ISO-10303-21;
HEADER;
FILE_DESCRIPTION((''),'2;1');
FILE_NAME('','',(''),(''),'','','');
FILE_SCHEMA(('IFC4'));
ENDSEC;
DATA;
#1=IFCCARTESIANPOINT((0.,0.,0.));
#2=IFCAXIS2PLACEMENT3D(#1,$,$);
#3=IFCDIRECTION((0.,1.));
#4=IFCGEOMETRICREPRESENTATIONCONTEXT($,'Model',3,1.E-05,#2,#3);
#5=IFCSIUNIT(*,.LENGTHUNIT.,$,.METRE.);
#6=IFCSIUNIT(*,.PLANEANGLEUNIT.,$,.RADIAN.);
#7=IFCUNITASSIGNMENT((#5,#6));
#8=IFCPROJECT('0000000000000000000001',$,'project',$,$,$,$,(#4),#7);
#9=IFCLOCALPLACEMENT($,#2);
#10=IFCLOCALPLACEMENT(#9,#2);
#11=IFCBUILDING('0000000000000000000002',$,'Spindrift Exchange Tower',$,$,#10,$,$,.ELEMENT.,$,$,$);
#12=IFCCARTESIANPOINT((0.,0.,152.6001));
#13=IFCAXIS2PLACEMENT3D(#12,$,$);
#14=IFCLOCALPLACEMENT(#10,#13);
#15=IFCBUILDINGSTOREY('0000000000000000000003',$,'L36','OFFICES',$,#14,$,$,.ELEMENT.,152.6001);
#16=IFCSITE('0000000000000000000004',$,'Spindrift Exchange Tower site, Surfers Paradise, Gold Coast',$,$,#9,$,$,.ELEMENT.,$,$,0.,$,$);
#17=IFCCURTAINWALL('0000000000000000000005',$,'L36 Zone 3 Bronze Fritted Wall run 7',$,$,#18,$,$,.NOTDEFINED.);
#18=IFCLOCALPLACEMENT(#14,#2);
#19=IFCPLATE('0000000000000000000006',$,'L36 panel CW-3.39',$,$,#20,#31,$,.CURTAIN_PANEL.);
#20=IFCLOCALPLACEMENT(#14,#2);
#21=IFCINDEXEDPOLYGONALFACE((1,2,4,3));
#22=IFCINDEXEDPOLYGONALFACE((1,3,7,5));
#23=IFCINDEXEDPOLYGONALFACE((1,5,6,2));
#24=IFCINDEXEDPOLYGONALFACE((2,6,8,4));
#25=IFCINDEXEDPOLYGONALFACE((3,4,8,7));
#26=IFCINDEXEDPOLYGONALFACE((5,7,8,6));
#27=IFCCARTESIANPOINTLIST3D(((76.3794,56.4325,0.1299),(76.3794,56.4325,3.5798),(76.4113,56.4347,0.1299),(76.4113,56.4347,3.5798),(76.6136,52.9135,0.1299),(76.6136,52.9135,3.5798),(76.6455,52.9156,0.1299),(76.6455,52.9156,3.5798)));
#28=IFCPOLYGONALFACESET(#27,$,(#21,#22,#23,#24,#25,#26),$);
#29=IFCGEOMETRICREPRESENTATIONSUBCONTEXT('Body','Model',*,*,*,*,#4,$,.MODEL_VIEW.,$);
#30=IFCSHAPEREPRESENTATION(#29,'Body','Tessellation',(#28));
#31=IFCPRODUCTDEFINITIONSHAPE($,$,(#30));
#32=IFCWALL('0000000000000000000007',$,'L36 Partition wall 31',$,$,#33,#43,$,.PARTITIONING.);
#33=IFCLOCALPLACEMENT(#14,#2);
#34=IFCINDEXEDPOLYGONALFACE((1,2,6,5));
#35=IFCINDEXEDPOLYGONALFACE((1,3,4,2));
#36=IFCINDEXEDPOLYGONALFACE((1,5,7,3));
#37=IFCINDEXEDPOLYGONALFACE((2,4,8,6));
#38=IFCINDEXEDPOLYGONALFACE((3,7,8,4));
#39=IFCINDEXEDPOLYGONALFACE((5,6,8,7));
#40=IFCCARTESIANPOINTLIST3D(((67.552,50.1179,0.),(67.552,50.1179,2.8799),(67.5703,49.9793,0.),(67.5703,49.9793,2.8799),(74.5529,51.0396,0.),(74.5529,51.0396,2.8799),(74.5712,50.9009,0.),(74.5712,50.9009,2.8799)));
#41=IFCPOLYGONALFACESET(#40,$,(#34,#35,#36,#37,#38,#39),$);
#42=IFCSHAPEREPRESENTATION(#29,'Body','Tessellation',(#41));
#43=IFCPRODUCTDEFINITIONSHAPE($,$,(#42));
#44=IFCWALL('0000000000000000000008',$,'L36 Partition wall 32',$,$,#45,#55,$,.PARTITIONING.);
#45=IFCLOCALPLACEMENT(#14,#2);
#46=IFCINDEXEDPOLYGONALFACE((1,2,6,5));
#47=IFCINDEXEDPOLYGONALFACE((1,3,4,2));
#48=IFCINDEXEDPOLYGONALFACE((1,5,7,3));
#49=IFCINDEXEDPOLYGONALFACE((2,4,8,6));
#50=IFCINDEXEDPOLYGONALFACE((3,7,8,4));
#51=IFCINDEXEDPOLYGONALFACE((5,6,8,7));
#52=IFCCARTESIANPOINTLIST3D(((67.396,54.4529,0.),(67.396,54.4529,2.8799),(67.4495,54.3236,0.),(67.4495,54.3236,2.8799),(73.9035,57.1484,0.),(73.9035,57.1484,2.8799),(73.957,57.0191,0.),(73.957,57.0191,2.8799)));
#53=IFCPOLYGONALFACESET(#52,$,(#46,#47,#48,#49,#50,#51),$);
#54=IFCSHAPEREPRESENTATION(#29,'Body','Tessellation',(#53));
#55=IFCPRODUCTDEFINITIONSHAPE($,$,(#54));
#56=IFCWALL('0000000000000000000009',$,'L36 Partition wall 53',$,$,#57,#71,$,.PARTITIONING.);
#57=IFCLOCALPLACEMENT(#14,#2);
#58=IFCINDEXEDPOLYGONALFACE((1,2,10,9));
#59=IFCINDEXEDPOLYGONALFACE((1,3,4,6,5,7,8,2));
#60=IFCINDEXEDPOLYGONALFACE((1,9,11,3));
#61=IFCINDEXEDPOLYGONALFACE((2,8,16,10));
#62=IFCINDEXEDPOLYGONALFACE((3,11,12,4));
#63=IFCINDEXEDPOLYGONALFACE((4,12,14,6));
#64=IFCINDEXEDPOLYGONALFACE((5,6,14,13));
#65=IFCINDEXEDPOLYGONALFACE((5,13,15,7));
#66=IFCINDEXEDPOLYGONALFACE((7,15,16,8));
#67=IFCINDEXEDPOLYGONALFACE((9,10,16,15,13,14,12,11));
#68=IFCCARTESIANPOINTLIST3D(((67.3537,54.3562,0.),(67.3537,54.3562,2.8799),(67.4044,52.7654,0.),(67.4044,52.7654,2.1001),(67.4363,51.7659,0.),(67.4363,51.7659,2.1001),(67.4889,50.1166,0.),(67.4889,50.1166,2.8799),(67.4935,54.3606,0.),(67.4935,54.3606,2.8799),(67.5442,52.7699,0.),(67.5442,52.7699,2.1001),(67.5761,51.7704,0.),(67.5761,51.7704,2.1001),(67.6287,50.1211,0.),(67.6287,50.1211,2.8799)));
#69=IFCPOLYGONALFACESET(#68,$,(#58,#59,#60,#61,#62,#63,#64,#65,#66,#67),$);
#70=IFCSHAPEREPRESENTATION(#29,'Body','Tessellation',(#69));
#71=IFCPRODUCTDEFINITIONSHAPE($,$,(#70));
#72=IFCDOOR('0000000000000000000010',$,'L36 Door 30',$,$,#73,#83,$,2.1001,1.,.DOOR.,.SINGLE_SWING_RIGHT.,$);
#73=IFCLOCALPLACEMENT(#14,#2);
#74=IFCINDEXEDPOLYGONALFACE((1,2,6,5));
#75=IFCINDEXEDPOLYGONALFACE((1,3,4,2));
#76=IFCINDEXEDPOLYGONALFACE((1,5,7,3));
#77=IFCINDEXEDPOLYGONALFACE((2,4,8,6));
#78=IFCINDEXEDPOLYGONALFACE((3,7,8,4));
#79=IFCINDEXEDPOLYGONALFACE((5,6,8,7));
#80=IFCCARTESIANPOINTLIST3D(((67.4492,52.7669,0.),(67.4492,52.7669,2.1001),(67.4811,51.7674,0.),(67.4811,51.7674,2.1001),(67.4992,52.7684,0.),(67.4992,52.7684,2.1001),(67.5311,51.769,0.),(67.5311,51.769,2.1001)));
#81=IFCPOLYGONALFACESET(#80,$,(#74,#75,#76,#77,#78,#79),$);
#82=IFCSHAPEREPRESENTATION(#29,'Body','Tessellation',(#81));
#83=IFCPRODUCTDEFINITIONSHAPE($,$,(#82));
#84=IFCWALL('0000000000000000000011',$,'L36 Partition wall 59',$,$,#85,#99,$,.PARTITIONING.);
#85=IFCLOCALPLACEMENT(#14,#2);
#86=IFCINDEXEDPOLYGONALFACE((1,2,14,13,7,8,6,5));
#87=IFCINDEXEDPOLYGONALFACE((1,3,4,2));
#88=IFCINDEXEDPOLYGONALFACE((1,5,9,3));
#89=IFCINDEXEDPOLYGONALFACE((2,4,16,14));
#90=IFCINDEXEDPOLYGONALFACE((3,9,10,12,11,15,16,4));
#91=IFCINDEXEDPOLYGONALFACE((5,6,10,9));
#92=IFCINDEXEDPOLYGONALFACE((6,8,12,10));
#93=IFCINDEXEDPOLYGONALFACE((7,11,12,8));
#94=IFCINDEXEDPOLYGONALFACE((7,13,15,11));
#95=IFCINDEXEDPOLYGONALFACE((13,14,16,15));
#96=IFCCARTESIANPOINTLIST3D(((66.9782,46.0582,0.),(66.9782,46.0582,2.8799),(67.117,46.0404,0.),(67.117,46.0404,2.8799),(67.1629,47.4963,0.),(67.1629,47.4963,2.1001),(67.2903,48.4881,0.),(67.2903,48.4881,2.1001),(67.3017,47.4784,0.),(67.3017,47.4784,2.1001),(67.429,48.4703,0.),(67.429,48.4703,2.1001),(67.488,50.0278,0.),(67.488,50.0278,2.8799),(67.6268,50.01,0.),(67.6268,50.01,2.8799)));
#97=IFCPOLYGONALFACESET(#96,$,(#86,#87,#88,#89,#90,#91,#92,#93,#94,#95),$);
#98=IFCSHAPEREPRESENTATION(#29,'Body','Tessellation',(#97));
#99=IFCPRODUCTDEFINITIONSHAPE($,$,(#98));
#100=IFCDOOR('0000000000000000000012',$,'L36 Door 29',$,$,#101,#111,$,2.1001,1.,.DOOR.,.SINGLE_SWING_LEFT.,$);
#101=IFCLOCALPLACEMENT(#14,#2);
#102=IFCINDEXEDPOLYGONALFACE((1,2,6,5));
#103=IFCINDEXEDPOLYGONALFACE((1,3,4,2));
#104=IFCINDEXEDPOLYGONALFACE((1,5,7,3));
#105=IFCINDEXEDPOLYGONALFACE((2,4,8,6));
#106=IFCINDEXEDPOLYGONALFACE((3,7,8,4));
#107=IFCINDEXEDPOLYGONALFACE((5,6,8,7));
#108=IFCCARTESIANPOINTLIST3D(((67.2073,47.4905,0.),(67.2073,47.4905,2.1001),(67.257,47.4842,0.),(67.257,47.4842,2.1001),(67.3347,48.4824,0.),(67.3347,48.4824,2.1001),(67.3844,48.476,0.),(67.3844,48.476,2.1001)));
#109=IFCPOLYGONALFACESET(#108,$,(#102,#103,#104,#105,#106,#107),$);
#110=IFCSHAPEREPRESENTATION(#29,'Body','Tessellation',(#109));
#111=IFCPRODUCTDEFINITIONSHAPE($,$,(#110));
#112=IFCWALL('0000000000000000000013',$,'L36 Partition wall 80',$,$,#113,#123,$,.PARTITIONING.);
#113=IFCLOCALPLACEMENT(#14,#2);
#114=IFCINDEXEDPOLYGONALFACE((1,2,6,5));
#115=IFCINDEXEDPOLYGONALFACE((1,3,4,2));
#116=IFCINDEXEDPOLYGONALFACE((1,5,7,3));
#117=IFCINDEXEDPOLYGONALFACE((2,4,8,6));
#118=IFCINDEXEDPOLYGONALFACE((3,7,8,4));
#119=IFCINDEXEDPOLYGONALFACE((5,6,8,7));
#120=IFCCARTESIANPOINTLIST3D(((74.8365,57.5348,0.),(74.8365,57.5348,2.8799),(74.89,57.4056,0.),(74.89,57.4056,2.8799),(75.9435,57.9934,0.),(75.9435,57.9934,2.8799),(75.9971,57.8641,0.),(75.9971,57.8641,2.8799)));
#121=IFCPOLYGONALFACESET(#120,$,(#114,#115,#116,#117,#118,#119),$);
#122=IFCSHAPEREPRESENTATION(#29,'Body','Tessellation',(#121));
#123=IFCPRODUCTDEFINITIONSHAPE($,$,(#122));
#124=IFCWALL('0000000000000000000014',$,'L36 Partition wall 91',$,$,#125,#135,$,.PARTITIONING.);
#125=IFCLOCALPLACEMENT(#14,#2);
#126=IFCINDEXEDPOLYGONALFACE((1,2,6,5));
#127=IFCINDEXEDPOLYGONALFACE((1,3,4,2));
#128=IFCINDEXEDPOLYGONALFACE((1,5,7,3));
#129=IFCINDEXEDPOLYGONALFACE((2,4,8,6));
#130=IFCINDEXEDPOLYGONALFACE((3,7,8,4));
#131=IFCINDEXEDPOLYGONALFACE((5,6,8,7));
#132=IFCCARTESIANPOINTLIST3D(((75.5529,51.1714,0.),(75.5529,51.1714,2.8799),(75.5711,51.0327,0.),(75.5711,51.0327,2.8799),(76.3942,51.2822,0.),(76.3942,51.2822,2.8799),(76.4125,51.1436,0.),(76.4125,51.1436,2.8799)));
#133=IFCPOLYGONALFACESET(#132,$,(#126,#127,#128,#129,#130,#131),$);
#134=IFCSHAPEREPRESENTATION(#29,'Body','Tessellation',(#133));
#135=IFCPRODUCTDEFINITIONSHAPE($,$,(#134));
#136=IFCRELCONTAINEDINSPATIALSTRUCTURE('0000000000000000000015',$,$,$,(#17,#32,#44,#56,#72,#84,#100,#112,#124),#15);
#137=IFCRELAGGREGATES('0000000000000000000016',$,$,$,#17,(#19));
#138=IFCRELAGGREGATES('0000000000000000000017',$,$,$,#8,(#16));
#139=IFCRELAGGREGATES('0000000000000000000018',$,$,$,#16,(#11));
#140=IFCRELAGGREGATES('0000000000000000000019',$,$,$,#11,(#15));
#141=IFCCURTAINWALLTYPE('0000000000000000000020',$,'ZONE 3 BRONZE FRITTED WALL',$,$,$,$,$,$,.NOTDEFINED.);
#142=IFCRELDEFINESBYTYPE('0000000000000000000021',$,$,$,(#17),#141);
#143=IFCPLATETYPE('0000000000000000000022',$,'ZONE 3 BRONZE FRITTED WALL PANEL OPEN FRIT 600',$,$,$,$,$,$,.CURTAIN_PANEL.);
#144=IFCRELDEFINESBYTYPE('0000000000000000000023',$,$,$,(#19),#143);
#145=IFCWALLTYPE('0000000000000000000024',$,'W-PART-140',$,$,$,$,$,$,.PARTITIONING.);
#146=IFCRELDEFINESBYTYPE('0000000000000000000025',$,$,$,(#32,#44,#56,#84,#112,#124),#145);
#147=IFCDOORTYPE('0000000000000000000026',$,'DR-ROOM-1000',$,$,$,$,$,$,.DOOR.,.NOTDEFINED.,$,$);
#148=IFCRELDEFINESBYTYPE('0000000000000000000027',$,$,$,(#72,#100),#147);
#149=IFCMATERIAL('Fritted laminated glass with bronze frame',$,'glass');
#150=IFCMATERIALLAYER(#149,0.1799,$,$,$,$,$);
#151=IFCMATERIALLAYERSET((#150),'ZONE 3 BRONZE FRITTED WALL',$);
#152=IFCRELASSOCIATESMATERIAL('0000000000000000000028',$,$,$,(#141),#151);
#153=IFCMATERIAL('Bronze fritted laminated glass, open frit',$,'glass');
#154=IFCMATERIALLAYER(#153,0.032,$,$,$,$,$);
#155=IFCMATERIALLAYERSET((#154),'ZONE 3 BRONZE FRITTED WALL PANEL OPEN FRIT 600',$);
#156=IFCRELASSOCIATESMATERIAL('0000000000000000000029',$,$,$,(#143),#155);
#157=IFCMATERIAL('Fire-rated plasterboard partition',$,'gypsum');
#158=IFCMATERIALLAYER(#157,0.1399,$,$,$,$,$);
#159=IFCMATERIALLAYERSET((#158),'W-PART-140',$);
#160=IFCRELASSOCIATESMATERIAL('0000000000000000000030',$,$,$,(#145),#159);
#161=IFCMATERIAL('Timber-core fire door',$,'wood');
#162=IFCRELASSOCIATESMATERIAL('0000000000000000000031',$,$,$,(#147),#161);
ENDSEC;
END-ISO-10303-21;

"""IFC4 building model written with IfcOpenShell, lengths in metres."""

from ifc_helpers import new_model, si_unit, direction, frame, frame_2d, origin, origin_2d, place, context, subcontext, project, spatial, rectangle, extrude, source, transform, mapped, material, layer, layer_set, type_object, element, fill, aggregate, save


model = new_model("IFC4")

# Units and contexts
model_context = context("Model", 3, precision=1e-05, world=origin(), true_north=direction((0.0, 1.0)))
body_context = subcontext(model_context, "Body", "Model", "MODEL_VIEW")
ifc_project = project(units=[si_unit("LENGTHUNIT", "METRE"), si_unit("PLANEANGLEUNIT", "RADIAN")], contexts=[model_context])

# Site, building, storey
site_placement = place(None, origin())
site = spatial("IfcSite", under=ifc_project, at=site_placement, Name="Spindrift Exchange Tower site, Surfers Paradise, Gold Coast", CompositionType="ELEMENT", RefElevation=0.0)
building_placement = place(site_placement, origin())
building = spatial("IfcBuilding", under=site, at=building_placement, Name="Spindrift Exchange Tower", CompositionType="ELEMENT")
storey_placement = place(building_placement, frame((0.0, 0.0, 152.6001)))
storey = spatial("IfcBuildingStorey", under=building, at=storey_placement, Name="L36", Description="OFFICES", CompositionType="ELEMENT", Elevation=152.6001)

# Curtain wall, plate
ifc_material_1 = material(Name="Fritted laminated glass with bronze frame", Category="glass")
ifc_layer_1 = layer(ifc_material_1, 0.1799)
ifc_layer_set_1 = layer_set([ifc_layer_1], Name="ZONE 3 BRONZE FRITTED WALL")
curtain_wall_type = type_object("IfcCurtainWallType", Name="ZONE 3 BRONZE FRITTED WALL", PredefinedType="NOTDEFINED", material=ifc_layer_set_1)
curtain_wall_placement = place(storey_placement, origin())
curtain_wall = element("IfcCurtainWall", 1, at=curtain_wall_placement, inside=storey, type_object=curtain_wall_type, Name="L36 Zone 3 Bronze Fritted Wall run 7", PredefinedType="NOTDEFINED")
ifc_material_2 = material(Name="Bronze fritted laminated glass, open frit", Category="glass")
ifc_layer_2 = layer(ifc_material_2, 0.032)
ifc_layer_set_2 = layer_set([ifc_layer_2], Name="ZONE 3 BRONZE FRITTED WALL PANEL OPEN FRIT 600")
plate_type_1 = type_object("IfcPlateType", Name="ZONE 3 BRONZE FRITTED WALL PANEL OPEN FRIT 600", PredefinedType="CURTAIN_PANEL", material=ifc_layer_set_2)
shared_shape_1 = source(origin(), body_context, "Body", "SweptSolid", [
    extrude(rectangle(XDim=3.5269, YDim=0.032, at=origin_2d()), origin(), (0.0, 0.0, 1.0), 3.45),
])
plate_1_placement = place(storey_placement, frame((76.5125, 54.6741, 0.1299), z_axis=(0.0, 0.0, 1.0), x_axis=(-0.066391, 0.997794, 0.0)))
plate_1 = element("IfcPlate", 2, at=plate_1_placement, type_object=plate_type_1, Name="L36 panel CW-3.39", PredefinedType="CURTAIN_PANEL", context=body_context, shape_type="MappedRepresentation", body=[
    mapped(shared_shape_1, transform((0.0, 0.0, 0.0), scale=1.0)),
])
aggregate(curtain_wall, [plate_1])

# Walls
ifc_material_3 = material(Name="Fire-rated plasterboard partition", Category="gypsum")
ifc_layer_3 = layer(ifc_material_3, 0.1399)
ifc_layer_set_3 = layer_set([ifc_layer_3], Name="W-PART-140")
wall_type = type_object("IfcWallType", Name="W-PART-140", PredefinedType="PARTITIONING", material=ifc_layer_set_3)
wall_1_placement = place(storey_placement, frame((67.561, 50.0486, 0.0), z_axis=(0.0, 0.0, 1.0), x_axis=(0.991446, 0.130517, 0.0)))
element("IfcWall", 3, at=wall_1_placement, inside=storey, type_object=wall_type, Name="L36 Partition wall 31", PredefinedType="PARTITIONING", context=body_context, shape_type="SweptSolid", body=[
    extrude(rectangle(XDim=7.0613, YDim=0.1399, at=frame_2d((3.5308, 0.0))), origin(), (0.0, 0.0, 1.0), 2.8799),
])
wall_2_placement = place(storey_placement, frame((67.4226, 54.3882, 0.0), z_axis=(0.0, 0.0, 1.0), x_axis=(0.923878, 0.382688, 0.0)))
element("IfcWall", 4, at=wall_2_placement, inside=storey, type_object=wall_type, Name="L36 Partition wall 32", PredefinedType="PARTITIONING", context=body_context, shape_type="SweptSolid", body=[
    extrude(rectangle(XDim=7.0437, YDim=0.1399, at=frame_2d((3.522, 0.0))), origin(), (0.0, 0.0, 1.0), 2.8799),
])

# Walls, openings, doors
wall_3_placement = place(storey_placement, frame((67.4236, 54.3584, 0.0), z_axis=(0.0, 0.0, 1.0), x_axis=(0.031887, -0.999491, 0.0)))
wall_3 = element("IfcWall", 5, at=wall_3_placement, inside=storey, type_object=wall_type, Name="L36 Partition wall 53", PredefinedType="PARTITIONING", context=body_context, shape_type="SweptSolid", body=[
    extrude(rectangle(XDim=4.2417, YDim=0.1399, at=frame_2d((2.1208, 0.0))), origin(), (0.0, 0.0, 1.0), 2.8799),
])
opening_1_placement = place(wall_3_placement, frame((1.5916, 0.0, 0.0)))
opening_1 = element("IfcOpeningElement", 6, at=opening_1_placement, cuts=wall_3, PredefinedType="OPENING", context=body_context, shape_type="SweptSolid", body=[
    extrude(rectangle(XDim=1.0, YDim=2.1001, at=frame_2d((0.5, 1.05))), frame((0.0, 0.0798, 0.0), z_axis=(0.0, -1.0, 0.0), x_axis=(1.0, 0.0, 0.0)), (0.0, 0.0, 1.0), 0.1599),
])
ifc_material_4 = material(Name="Timber-core fire door", Category="wood")
door_type = type_object("IfcDoorType", Name="DR-ROOM-1000", OperationType="NOTDEFINED", PredefinedType="DOOR", material=ifc_material_4)
shared_shape_2 = source(origin(), body_context, "Body", "SweptSolid", [
    extrude(rectangle(XDim=1.0, YDim=2.1001, at=frame_2d((0.5, 1.05))), frame((0.0, 0.0249, 0.0), z_axis=(0.0, -1.0, 0.0), x_axis=(1.0, 0.0, 0.0)), (0.0, 0.0, 1.0), 0.05),
])
door_1_placement = place(opening_1_placement, origin())
door_1 = element("IfcDoor", 7, at=door_1_placement, inside=storey, type_object=door_type, Name="L36 Door 30", OperationType="SINGLE_SWING_RIGHT", OverallHeight=2.1001, OverallWidth=1.0, PredefinedType="DOOR", context=body_context, shape_type="MappedRepresentation", body=[
    mapped(shared_shape_2, transform((0.0, 0.0, 0.0), scale=1.0)),
])
fill(opening_1, door_1)
wall_4_placement = place(storey_placement, frame((67.5574, 50.0188, 0.0), z_axis=(0.0, 0.0, 1.0), x_axis=(-0.127375, -0.991855, 0.0)))
wall_4 = element("IfcWall", 8, at=wall_4_placement, inside=storey, type_object=wall_type, Name="L36 Partition wall 59", PredefinedType="PARTITIONING", context=body_context, shape_type="SweptSolid", body=[
    extrude(rectangle(XDim=4.0022, YDim=0.1399, at=frame_2d((2.001, 0.0))), origin(), (0.0, 0.0, 1.0), 2.8799),
])
opening_2_placement = place(wall_4_placement, frame((1.5522, 0.0, 0.0)))
opening_2 = element("IfcOpeningElement", 9, at=opening_2_placement, cuts=wall_4, PredefinedType="OPENING", context=body_context, shape_type="SweptSolid", body=[
    extrude(rectangle(XDim=1.0, YDim=2.1001, at=frame_2d((0.5, 1.05))), frame((0.0, 0.0798, 0.0), z_axis=(0.0, -1.0, 0.0), x_axis=(1.0, 0.0, 0.0)), (0.0, 0.0, 1.0), 0.1599),
])
door_2_placement = place(opening_2_placement, origin())
door_2 = element("IfcDoor", 10, at=door_2_placement, inside=storey, type_object=door_type, Name="L36 Door 29", OperationType="SINGLE_SWING_LEFT", OverallHeight=2.1001, OverallWidth=1.0, PredefinedType="DOOR", context=body_context, shape_type="MappedRepresentation", body=[
    mapped(shared_shape_2, transform((0.0, 0.0, 0.0), scale=1.0)),
])
fill(opening_2, door_2)

# Walls
wall_5_placement = place(storey_placement, frame((74.8633, 57.4702, 0.0), z_axis=(0.0, 0.0, 1.0), x_axis=(0.923883, 0.382676, 0.0)))
element("IfcWall", 11, at=wall_5_placement, inside=storey, type_object=wall_type, Name="L36 Partition wall 80", PredefinedType="PARTITIONING", context=body_context, shape_type="SweptSolid", body=[
    extrude(rectangle(XDim=1.1982, YDim=0.1399, at=frame_2d((0.5991, 0.0))), origin(), (0.0, 0.0, 1.0), 2.8799),
])
wall_6_placement = place(storey_placement, frame((75.562, 51.1021, 0.0), z_axis=(0.0, 0.0, 1.0), x_axis=(0.991433, 0.130618, 0.0)))
element("IfcWall", 12, at=wall_6_placement, inside=storey, type_object=wall_type, Name="L36 Partition wall 91", PredefinedType="PARTITIONING", context=body_context, shape_type="SweptSolid", body=[
    extrude(rectangle(XDim=0.8486, YDim=0.1399, at=frame_2d((0.4243, 0.0))), origin(), (0.0, 0.0, 1.0), 2.8799),
])

save(model, "model.ifc")
